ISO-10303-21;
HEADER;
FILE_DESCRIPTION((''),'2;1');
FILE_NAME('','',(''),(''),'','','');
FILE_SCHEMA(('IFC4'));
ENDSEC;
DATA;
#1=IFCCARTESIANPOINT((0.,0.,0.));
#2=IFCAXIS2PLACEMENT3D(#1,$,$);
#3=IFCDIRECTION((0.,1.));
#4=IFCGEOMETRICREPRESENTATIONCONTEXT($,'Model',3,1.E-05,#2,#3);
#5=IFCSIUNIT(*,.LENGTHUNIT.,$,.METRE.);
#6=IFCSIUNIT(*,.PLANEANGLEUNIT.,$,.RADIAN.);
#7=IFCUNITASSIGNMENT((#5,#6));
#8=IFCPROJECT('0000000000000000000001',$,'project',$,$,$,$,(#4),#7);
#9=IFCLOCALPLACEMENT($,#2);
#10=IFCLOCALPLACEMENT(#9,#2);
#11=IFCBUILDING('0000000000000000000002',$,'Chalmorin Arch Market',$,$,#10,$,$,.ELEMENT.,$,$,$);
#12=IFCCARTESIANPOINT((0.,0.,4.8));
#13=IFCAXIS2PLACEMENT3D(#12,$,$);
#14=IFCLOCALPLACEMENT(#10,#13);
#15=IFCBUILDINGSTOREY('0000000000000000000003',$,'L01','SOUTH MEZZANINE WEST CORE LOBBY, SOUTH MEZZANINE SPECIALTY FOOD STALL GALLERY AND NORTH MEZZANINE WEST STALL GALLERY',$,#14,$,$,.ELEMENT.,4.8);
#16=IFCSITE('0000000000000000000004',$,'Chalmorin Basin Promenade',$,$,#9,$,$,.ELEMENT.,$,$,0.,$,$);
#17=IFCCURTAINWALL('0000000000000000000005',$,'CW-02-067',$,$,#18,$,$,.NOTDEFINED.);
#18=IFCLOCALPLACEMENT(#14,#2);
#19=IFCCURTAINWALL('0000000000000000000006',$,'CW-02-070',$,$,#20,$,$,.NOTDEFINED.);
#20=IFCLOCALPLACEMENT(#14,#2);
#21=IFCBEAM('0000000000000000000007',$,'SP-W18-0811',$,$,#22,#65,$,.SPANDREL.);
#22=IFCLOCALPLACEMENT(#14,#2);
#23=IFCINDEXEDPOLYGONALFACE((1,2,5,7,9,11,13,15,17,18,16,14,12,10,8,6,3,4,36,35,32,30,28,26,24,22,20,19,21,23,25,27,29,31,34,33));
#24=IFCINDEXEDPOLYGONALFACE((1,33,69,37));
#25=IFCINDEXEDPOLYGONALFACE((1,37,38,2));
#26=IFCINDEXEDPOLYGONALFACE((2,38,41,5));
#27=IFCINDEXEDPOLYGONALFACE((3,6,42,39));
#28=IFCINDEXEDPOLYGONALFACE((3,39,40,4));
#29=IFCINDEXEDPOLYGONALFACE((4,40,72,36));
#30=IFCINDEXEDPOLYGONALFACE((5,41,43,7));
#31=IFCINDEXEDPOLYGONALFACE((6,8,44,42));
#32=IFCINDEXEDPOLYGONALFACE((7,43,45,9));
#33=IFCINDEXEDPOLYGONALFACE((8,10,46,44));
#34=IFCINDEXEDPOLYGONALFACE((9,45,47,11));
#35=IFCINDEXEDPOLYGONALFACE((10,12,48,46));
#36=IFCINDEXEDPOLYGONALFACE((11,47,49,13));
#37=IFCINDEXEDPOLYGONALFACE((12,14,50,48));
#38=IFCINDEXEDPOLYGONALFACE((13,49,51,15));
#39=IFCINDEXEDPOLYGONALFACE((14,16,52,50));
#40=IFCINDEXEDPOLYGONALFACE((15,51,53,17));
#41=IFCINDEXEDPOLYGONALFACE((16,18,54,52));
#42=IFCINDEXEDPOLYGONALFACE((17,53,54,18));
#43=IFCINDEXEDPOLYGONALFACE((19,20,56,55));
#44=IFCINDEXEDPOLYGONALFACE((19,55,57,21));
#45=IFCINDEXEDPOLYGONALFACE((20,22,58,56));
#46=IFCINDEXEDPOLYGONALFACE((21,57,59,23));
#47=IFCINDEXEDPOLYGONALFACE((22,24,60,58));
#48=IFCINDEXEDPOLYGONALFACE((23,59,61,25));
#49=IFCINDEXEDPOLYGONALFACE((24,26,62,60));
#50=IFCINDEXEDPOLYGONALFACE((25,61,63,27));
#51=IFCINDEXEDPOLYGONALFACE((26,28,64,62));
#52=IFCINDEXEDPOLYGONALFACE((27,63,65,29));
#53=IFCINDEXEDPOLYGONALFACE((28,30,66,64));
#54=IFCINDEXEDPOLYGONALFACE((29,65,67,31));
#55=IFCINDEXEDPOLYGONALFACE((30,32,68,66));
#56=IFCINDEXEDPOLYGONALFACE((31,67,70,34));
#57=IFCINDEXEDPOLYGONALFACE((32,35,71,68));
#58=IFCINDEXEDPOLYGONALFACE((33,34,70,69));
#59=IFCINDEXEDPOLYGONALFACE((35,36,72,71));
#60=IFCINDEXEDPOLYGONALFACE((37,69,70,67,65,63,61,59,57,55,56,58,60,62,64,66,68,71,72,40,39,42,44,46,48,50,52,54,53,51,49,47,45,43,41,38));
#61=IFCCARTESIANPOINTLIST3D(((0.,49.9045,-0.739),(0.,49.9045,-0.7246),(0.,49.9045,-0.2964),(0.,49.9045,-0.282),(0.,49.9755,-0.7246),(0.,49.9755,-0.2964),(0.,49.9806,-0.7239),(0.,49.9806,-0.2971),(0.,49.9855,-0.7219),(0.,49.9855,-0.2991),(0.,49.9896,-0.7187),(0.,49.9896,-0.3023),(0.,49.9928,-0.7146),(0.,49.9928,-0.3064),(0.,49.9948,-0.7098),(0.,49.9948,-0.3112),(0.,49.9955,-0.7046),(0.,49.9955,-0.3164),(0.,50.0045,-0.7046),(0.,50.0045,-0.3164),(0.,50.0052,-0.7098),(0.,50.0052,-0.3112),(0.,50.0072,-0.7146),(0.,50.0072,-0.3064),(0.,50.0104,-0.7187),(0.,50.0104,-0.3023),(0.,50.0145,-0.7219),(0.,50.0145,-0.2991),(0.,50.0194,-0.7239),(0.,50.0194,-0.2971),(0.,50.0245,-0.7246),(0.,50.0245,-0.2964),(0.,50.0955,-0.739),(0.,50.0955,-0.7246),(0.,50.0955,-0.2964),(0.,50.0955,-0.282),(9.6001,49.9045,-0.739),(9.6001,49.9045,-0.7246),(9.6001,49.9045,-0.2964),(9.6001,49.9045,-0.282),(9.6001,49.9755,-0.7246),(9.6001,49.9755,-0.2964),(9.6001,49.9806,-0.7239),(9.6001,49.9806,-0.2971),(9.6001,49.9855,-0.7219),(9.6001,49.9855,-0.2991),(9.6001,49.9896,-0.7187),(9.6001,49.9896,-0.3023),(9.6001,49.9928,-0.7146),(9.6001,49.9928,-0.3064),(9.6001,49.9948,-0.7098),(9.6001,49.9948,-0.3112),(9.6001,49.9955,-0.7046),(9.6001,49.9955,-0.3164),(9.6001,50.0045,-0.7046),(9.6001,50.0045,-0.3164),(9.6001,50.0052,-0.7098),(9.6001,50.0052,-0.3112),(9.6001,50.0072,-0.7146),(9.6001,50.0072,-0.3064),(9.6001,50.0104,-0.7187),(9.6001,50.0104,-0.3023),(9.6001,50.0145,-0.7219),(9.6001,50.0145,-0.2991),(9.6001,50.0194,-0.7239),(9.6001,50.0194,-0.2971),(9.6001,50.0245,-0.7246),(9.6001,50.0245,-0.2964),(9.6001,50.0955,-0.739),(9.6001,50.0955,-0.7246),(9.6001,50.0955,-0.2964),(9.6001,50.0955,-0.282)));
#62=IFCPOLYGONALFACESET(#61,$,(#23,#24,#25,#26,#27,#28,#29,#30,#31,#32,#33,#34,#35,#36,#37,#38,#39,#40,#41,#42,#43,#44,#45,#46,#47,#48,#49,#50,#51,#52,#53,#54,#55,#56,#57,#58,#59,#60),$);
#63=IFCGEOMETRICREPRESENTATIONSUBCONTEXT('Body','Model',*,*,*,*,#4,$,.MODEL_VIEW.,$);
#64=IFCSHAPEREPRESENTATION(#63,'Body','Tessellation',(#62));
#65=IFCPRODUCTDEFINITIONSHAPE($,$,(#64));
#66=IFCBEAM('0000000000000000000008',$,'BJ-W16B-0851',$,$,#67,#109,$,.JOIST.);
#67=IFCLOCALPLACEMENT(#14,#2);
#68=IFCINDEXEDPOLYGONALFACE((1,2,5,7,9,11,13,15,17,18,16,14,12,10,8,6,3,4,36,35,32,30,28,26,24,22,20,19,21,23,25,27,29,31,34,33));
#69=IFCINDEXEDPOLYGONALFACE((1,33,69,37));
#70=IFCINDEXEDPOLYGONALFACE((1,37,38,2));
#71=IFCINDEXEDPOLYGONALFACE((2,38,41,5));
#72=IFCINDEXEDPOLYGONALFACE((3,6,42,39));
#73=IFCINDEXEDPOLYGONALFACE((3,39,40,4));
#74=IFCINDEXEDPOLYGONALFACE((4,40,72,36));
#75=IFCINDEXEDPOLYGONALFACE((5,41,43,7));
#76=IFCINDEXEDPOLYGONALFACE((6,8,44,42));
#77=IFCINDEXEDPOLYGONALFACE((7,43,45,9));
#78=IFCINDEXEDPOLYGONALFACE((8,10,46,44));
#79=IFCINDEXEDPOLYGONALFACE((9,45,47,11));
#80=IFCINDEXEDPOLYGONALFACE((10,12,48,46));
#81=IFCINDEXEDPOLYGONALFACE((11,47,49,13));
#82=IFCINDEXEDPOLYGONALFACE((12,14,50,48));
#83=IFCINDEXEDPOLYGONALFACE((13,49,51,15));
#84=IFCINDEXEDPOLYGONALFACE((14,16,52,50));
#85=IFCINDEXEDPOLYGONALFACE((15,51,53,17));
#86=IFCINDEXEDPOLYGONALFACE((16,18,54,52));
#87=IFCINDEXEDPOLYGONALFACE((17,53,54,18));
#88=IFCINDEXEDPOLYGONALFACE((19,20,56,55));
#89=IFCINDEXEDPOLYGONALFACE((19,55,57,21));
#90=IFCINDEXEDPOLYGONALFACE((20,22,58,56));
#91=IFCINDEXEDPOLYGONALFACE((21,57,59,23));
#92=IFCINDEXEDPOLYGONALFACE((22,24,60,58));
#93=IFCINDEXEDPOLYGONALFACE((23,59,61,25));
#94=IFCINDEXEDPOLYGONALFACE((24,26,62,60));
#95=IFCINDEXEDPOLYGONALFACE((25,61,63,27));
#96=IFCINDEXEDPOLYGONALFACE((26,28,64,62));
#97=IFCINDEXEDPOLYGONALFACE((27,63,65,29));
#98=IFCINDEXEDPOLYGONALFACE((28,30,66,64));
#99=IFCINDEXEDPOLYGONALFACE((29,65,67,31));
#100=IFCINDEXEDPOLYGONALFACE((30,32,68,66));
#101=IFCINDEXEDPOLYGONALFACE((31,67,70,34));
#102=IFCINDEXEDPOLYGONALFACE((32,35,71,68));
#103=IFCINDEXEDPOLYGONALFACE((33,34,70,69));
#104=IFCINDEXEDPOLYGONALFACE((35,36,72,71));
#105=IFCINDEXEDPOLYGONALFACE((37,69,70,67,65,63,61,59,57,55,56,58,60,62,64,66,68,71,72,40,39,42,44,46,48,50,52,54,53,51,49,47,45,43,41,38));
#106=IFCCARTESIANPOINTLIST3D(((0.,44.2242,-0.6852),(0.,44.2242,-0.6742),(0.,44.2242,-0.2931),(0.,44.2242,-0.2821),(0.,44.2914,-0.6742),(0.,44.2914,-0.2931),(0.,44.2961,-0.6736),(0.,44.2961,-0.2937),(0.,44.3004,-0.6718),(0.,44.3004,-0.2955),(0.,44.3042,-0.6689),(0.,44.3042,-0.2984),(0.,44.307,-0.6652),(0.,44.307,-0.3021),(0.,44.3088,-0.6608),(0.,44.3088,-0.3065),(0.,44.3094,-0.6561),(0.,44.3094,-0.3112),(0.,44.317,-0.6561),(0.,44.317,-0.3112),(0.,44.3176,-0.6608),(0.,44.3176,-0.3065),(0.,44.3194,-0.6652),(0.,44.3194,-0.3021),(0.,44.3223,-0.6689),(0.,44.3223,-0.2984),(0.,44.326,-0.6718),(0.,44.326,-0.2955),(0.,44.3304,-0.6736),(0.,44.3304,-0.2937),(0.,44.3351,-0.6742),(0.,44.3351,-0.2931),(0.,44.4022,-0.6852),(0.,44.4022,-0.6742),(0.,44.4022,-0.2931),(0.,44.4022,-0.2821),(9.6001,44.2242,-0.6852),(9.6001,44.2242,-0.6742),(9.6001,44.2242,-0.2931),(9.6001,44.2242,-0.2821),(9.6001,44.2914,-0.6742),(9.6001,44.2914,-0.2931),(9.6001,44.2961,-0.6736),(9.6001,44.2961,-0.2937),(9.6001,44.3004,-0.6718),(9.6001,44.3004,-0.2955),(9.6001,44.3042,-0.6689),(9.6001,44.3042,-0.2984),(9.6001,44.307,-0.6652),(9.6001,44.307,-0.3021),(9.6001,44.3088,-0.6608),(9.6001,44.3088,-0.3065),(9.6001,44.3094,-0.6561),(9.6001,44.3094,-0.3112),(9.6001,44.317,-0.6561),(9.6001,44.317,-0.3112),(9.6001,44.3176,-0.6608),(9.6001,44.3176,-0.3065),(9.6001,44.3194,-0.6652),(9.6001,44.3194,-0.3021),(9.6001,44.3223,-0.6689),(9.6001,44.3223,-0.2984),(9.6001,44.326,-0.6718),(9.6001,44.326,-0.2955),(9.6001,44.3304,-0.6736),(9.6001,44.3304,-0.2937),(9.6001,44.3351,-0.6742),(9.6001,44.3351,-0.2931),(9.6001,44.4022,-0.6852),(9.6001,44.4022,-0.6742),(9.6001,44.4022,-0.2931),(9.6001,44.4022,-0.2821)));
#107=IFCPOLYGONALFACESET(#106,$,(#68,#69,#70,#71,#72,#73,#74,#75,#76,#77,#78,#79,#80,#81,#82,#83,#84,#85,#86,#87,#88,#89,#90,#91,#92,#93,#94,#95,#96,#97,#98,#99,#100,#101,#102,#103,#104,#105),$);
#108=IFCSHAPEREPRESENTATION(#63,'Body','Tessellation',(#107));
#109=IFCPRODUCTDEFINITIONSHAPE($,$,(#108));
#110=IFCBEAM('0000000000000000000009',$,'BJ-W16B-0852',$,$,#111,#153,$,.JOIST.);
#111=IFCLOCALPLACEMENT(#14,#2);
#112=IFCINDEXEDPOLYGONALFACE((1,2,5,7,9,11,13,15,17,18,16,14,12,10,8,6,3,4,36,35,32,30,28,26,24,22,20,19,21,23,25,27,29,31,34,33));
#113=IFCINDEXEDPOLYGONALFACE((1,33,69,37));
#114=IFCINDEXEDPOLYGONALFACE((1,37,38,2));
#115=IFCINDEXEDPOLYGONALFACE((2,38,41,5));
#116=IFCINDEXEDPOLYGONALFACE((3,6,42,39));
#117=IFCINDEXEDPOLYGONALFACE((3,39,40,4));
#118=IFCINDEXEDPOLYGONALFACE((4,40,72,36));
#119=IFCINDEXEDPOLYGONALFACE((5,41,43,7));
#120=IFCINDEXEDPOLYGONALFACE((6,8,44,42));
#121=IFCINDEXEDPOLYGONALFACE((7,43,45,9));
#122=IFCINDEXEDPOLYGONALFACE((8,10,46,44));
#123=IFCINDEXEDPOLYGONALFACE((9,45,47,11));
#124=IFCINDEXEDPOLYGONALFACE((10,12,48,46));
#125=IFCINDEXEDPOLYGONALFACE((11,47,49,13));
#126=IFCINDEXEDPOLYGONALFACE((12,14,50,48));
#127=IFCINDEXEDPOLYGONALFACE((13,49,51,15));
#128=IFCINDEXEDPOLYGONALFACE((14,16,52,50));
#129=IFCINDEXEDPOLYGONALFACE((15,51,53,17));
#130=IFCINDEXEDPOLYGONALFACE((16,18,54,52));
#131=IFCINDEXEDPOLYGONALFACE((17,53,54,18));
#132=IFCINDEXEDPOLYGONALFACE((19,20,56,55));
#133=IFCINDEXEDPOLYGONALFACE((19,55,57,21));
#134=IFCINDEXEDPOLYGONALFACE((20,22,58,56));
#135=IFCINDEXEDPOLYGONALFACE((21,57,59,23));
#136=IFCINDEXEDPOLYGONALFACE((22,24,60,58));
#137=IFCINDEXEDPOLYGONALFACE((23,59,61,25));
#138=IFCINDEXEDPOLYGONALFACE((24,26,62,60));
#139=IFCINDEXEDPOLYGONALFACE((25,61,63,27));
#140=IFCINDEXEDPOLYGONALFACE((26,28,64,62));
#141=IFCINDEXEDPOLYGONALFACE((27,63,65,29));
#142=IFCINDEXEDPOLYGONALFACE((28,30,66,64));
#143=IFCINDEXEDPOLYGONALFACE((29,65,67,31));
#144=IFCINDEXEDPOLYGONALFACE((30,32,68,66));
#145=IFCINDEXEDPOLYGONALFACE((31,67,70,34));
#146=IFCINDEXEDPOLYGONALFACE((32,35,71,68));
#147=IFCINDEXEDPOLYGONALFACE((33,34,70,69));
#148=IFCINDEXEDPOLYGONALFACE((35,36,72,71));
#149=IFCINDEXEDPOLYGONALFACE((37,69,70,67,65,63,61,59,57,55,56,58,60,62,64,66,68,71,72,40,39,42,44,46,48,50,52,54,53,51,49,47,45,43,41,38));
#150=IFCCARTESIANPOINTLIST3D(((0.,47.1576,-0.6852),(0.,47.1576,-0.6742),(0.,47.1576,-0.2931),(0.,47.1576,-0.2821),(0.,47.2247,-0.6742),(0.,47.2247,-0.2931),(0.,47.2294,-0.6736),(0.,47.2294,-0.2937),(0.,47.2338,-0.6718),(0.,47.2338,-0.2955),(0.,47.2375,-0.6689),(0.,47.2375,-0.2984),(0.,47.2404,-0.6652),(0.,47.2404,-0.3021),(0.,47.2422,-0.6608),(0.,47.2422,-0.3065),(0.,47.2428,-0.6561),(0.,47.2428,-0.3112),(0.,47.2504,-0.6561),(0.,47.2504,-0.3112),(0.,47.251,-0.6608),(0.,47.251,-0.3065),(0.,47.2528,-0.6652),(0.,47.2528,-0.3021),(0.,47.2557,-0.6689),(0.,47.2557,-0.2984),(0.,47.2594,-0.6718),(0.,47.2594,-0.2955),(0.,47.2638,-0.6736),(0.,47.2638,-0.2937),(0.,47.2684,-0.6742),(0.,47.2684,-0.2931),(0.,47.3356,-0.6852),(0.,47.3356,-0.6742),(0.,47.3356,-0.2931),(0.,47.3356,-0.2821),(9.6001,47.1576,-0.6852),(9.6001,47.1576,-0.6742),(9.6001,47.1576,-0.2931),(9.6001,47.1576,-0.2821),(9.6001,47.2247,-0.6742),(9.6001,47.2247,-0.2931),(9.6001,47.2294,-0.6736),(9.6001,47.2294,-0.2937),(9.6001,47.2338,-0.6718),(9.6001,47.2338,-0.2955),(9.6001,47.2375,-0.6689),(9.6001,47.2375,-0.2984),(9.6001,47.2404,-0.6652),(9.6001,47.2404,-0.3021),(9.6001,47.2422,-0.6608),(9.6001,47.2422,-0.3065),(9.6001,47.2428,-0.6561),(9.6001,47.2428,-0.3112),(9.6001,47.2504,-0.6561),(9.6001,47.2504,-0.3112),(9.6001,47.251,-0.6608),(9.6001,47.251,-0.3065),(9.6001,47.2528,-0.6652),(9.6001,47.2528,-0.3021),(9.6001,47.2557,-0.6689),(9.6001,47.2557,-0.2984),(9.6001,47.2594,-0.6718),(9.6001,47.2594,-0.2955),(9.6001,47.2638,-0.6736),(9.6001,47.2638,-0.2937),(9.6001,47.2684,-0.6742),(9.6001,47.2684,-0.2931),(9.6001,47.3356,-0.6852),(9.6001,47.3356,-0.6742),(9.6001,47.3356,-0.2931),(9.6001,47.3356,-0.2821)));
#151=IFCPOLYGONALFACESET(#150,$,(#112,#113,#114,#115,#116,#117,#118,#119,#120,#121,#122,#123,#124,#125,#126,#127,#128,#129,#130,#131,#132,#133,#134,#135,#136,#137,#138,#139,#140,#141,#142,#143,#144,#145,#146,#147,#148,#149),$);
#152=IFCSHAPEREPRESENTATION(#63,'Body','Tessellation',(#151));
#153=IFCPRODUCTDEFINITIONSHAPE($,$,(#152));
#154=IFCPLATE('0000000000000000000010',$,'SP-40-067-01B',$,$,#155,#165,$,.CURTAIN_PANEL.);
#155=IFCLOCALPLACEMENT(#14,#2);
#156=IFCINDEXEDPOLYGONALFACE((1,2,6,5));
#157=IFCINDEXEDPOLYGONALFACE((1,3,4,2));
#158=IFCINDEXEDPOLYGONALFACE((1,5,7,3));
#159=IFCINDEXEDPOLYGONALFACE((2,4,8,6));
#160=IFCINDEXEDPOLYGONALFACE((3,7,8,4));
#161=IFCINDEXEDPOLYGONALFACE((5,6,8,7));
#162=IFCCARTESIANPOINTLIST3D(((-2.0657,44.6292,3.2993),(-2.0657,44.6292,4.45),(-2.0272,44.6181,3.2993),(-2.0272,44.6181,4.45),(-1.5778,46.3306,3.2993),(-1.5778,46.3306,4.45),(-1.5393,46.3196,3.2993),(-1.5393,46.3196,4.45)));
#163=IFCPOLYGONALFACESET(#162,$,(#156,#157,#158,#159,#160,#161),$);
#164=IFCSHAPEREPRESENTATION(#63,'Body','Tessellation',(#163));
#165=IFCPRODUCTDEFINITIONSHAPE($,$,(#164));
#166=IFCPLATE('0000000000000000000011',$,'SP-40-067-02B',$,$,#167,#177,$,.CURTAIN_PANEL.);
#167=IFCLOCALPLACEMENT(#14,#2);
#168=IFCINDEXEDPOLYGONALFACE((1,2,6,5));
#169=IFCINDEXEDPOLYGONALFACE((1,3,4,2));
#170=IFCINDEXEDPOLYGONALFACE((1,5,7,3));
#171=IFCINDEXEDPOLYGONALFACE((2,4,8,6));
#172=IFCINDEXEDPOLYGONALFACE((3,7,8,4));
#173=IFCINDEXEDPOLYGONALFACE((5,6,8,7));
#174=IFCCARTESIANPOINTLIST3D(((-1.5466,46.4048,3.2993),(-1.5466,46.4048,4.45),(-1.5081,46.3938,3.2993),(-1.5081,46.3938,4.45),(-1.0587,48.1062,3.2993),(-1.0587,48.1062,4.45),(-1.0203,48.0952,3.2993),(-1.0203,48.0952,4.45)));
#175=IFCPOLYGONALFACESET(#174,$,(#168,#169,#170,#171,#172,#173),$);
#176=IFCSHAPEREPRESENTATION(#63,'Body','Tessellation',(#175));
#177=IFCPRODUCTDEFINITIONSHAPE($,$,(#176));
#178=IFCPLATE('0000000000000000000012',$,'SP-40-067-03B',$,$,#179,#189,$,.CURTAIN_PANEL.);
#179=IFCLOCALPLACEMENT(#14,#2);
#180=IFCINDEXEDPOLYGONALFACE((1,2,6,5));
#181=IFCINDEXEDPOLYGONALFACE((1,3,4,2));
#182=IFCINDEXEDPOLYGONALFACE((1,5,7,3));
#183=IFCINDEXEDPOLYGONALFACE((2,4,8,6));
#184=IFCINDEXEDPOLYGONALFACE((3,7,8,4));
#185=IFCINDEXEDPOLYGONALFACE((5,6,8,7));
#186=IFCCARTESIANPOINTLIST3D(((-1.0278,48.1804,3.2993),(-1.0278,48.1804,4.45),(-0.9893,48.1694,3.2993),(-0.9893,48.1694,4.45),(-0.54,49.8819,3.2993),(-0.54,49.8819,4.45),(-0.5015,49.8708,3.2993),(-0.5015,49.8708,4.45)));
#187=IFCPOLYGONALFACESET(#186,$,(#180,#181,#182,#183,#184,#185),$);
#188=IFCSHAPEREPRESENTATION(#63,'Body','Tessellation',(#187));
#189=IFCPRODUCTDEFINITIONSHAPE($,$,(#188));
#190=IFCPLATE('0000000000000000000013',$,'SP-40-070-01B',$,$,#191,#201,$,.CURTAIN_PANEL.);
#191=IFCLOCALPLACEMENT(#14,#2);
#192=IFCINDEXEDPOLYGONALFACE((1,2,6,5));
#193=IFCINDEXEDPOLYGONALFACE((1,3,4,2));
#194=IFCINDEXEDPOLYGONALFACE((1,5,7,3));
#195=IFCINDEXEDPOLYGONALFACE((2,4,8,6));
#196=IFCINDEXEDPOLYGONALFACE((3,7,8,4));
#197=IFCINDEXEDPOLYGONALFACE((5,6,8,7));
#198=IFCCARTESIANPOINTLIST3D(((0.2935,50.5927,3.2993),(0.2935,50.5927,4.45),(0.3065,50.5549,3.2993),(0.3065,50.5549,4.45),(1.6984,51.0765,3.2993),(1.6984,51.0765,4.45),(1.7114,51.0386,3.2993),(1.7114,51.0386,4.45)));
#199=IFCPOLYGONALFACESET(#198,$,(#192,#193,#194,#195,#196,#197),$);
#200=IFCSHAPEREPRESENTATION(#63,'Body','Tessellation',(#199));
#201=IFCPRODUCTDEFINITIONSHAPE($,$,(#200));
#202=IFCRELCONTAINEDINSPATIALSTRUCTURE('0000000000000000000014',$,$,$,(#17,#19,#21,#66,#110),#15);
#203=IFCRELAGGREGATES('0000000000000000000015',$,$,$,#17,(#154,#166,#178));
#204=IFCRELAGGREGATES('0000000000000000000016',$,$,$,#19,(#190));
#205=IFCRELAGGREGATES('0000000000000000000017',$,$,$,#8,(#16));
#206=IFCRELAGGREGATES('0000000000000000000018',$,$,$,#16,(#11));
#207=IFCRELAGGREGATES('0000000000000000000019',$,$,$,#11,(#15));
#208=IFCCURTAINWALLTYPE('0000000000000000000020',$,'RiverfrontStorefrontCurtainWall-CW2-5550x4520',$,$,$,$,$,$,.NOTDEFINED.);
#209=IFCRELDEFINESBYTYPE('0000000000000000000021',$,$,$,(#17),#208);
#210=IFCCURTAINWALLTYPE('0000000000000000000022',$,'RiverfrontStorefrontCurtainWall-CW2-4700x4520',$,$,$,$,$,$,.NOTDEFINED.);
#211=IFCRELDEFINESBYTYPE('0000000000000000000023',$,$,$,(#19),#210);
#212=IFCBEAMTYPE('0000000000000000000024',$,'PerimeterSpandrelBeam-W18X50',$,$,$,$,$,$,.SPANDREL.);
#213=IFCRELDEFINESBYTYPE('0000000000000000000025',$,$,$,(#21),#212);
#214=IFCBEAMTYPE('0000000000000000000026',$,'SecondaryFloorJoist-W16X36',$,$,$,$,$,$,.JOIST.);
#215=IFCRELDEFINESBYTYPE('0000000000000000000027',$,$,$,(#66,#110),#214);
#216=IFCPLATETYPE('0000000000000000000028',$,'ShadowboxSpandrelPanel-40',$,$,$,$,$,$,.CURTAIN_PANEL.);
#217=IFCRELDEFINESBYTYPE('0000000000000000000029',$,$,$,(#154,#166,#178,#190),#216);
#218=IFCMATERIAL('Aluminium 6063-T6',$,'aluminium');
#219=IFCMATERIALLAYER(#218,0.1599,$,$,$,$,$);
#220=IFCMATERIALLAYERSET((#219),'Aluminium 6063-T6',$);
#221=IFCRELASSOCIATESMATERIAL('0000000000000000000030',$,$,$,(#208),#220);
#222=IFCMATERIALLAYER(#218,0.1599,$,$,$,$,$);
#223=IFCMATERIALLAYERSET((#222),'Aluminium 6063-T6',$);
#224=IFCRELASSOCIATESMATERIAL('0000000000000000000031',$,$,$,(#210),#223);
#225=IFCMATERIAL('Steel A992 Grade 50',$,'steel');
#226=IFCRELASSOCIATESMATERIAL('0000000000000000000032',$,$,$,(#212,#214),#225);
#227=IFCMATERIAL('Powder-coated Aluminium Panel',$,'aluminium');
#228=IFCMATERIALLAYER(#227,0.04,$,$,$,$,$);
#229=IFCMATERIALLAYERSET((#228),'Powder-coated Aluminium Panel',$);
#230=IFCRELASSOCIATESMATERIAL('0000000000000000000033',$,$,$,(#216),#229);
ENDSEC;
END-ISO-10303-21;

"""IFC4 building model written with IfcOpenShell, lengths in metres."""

from ifc_helpers import new_model, si_unit, direction, frame, origin, origin_2d, place, context, subcontext, project, spatial, rectangle, i_section, extrude, material, layer, layer_set, material_profile, profile_set, type_object, element, aggregate, save


model = new_model("IFC4")

# Units and contexts
model_context = context("Model", 3, precision=1e-05, world=origin(), true_north=direction((0.0, 1.0)))
body_context = subcontext(model_context, "Body", "Model", "MODEL_VIEW")
ifc_project = project(units=[si_unit("LENGTHUNIT", "METRE"), si_unit("PLANEANGLEUNIT", "RADIAN")], contexts=[model_context])

# Site, building, storey
site_placement = place(None, origin())
site = spatial("IfcSite", under=ifc_project, at=site_placement, Name="Chalmorin Basin Promenade", CompositionType="ELEMENT", RefElevation=0.0)
building_placement = place(site_placement, origin())
building = spatial("IfcBuilding", under=site, at=building_placement, Name="Chalmorin Arch Market", CompositionType="ELEMENT")
storey_placement = place(building_placement, frame((0.0, 0.0, 4.8)))
storey = spatial("IfcBuildingStorey", under=building, at=storey_placement, Name="L01", Description="SOUTH MEZZANINE WEST CORE LOBBY, SOUTH MEZZANINE SPECIALTY FOOD STALL GALLERY AND NORTH MEZZANINE WEST STALL GALLERY", CompositionType="ELEMENT", Elevation=4.8)

# Shared definitions
ifc_material_1 = material(Name="Aluminium 6063-T6", Category="aluminium")

# Curtain walls
ifc_layer_1 = layer(ifc_material_1, 0.1599)
ifc_layer_set_1 = layer_set([ifc_layer_1], Name="Aluminium 6063-T6")
curtain_wall_type_1 = type_object("IfcCurtainWallType", Name="RiverfrontStorefrontCurtainWall-CW2-5550x4520", PredefinedType="NOTDEFINED", material=ifc_layer_set_1)
curtain_wall_1_placement = place(storey_placement, origin())
curtain_wall_1 = element("IfcCurtainWall", 1, at=curtain_wall_1_placement, inside=storey, type_object=curtain_wall_type_1, Name="CW-02-067", PredefinedType="NOTDEFINED")
ifc_layer_2 = layer(ifc_material_1, 0.1599)
ifc_layer_set_2 = layer_set([ifc_layer_2], Name="Aluminium 6063-T6")
curtain_wall_type_2 = type_object("IfcCurtainWallType", Name="RiverfrontStorefrontCurtainWall-CW2-4700x4520", PredefinedType="NOTDEFINED", material=ifc_layer_set_2)
curtain_wall_2_placement = place(storey_placement, origin())
curtain_wall_2 = element("IfcCurtainWall", 2, at=curtain_wall_2_placement, inside=storey, type_object=curtain_wall_type_2, Name="CW-02-070", PredefinedType="NOTDEFINED")

# Beams
ifc_material_2 = material(Name="Steel A992 Grade 50", Category="steel")
ifc_material_profile_1 = material_profile(ifc_material_2, i_section(OverallWidth=0.1909, OverallDepth=0.457, WebThickness=0.009, FlangeThickness=0.0144, FilletRadius=0.02, at=origin_2d()), Name="W18X50")
ifc_profile_set_1 = profile_set([ifc_material_profile_1], Name="Steel A992 Grade 50")
beam_type_1 = type_object("IfcBeamType", Name="PerimeterSpandrelBeam-W18X50", PredefinedType="SPANDREL", material=ifc_profile_set_1)
beam_placement = place(storey_placement, frame((0.0, 50.0, -0.5105), z_axis=(1.0, 0.0, 0.0), x_axis=(0.0, 1.0, 0.0)))
element("IfcBeam", 3, at=beam_placement, inside=storey, type_object=beam_type_1, Name="SP-W18-0811", PredefinedType="SPANDREL", context=body_context, shape_type="SweptSolid", body=[
    extrude(i_section(OverallWidth=0.1909, OverallDepth=0.457, WebThickness=0.009, FlangeThickness=0.0144, FilletRadius=0.02, at=origin_2d()), origin(), (0.0, 0.0, 1.0), 9.6001),
])
ifc_material_profile_2 = material_profile(ifc_material_2, i_section(OverallWidth=0.178, OverallDepth=0.4031, WebThickness=0.0076, FlangeThickness=0.011, FilletRadius=0.0181, at=origin_2d()), Name="W16X36")
ifc_profile_set_2 = profile_set([ifc_material_profile_2], Name="Steel A992 Grade 50")
beam_type_2 = type_object("IfcBeamType", Name="SecondaryFloorJoist-W16X36", PredefinedType="JOIST", material=ifc_profile_set_2)
for number, where, z_axis, x_axis, name in (
    (4, (0.0, 44.3132, -0.4836), (1.0, 0.0, 0.0), (0.0, 1.0, 0.0), "BJ-W16B-0851"),
    (5, (0.0, 47.2466, -0.4836), (1.0, 0.0, 0.0), (0.0, 1.0, 0.0), "BJ-W16B-0852"),
):
    element("IfcBeam", number, at=place(storey_placement, frame(where, z_axis=z_axis, x_axis=x_axis)), inside=storey, type_object=beam_type_2, Name=name, PredefinedType="JOIST", context=body_context, shape_type="SweptSolid", body=[
        extrude(i_section(OverallWidth=0.178, OverallDepth=0.4031, WebThickness=0.0076, FlangeThickness=0.011, FilletRadius=0.0181, at=origin_2d()), origin(), (0.0, 0.0, 1.0), 9.6001),
    ])

# Plates
ifc_material_3 = material(Name="Powder-coated Aluminium Panel", Category="aluminium")
ifc_layer_3 = layer(ifc_material_3, 0.04)
ifc_layer_set_3 = layer_set([ifc_layer_3], Name="Powder-coated Aluminium Panel")
plate_type_1 = type_object("IfcPlateType", Name="ShadowboxSpandrelPanel-40", PredefinedType="CURTAIN_PANEL", material=ifc_layer_set_3)
plate_1_placement = place(storey_placement, frame((-1.8025, 45.4744, 3.2993), z_axis=(0.0, 0.0, 1.0), x_axis=(0.275637, 0.961262, 0.0)))
plate_1 = element("IfcPlate", 6, at=plate_1_placement, type_object=plate_type_1, Name="SP-40-067-01B", PredefinedType="CURTAIN_PANEL", context=body_context, shape_type="SweptSolid", body=[
    extrude(rectangle(XDim=1.77, YDim=0.04, at=origin_2d()), origin(), (0.0, 0.0, 1.0), 1.1506),
])
plate_2_placement = place(storey_placement, frame((-1.2834, 47.25, 3.2993), z_axis=(0.0, 0.0, 1.0), x_axis=(0.275637, 0.961262, 0.0)))
plate_2 = element("IfcPlate", 7, at=plate_2_placement, type_object=plate_type_1, Name="SP-40-067-02B", PredefinedType="CURTAIN_PANEL", context=body_context, shape_type="SweptSolid", body=[
    extrude(rectangle(XDim=1.77, YDim=0.04, at=origin_2d()), origin(), (0.0, 0.0, 1.0), 1.1506),
])
plate_3_placement = place(storey_placement, frame((-0.7646, 49.0256, 3.2993), z_axis=(0.0, 0.0, 1.0), x_axis=(0.275637, 0.961262, 0.0)))
plate_3 = element("IfcPlate", 8, at=plate_3_placement, type_object=plate_type_1, Name="SP-40-067-03B", PredefinedType="CURTAIN_PANEL", context=body_context, shape_type="SweptSolid", body=[
    extrude(rectangle(XDim=1.77, YDim=0.04, at=origin_2d()), origin(), (0.0, 0.0, 1.0), 1.1506),
])
plate_4_placement = place(storey_placement, frame((1.0024, 50.8157, 3.2993), z_axis=(0.0, 0.0, 1.0), x_axis=(0.945519, 0.325568, 0.0)))
plate_4 = element("IfcPlate", 9, at=plate_4_placement, type_object=plate_type_1, Name="SP-40-070-01B", PredefinedType="CURTAIN_PANEL", context=body_context, shape_type="SweptSolid", body=[
    extrude(rectangle(XDim=1.4858, YDim=0.04, at=origin_2d()), origin(), (0.0, 0.0, 1.0), 1.1506),
])
aggregate(curtain_wall_1, [plate_1, plate_2, plate_3])
aggregate(curtain_wall_2, [plate_4])

save(model, "model.ifc")
